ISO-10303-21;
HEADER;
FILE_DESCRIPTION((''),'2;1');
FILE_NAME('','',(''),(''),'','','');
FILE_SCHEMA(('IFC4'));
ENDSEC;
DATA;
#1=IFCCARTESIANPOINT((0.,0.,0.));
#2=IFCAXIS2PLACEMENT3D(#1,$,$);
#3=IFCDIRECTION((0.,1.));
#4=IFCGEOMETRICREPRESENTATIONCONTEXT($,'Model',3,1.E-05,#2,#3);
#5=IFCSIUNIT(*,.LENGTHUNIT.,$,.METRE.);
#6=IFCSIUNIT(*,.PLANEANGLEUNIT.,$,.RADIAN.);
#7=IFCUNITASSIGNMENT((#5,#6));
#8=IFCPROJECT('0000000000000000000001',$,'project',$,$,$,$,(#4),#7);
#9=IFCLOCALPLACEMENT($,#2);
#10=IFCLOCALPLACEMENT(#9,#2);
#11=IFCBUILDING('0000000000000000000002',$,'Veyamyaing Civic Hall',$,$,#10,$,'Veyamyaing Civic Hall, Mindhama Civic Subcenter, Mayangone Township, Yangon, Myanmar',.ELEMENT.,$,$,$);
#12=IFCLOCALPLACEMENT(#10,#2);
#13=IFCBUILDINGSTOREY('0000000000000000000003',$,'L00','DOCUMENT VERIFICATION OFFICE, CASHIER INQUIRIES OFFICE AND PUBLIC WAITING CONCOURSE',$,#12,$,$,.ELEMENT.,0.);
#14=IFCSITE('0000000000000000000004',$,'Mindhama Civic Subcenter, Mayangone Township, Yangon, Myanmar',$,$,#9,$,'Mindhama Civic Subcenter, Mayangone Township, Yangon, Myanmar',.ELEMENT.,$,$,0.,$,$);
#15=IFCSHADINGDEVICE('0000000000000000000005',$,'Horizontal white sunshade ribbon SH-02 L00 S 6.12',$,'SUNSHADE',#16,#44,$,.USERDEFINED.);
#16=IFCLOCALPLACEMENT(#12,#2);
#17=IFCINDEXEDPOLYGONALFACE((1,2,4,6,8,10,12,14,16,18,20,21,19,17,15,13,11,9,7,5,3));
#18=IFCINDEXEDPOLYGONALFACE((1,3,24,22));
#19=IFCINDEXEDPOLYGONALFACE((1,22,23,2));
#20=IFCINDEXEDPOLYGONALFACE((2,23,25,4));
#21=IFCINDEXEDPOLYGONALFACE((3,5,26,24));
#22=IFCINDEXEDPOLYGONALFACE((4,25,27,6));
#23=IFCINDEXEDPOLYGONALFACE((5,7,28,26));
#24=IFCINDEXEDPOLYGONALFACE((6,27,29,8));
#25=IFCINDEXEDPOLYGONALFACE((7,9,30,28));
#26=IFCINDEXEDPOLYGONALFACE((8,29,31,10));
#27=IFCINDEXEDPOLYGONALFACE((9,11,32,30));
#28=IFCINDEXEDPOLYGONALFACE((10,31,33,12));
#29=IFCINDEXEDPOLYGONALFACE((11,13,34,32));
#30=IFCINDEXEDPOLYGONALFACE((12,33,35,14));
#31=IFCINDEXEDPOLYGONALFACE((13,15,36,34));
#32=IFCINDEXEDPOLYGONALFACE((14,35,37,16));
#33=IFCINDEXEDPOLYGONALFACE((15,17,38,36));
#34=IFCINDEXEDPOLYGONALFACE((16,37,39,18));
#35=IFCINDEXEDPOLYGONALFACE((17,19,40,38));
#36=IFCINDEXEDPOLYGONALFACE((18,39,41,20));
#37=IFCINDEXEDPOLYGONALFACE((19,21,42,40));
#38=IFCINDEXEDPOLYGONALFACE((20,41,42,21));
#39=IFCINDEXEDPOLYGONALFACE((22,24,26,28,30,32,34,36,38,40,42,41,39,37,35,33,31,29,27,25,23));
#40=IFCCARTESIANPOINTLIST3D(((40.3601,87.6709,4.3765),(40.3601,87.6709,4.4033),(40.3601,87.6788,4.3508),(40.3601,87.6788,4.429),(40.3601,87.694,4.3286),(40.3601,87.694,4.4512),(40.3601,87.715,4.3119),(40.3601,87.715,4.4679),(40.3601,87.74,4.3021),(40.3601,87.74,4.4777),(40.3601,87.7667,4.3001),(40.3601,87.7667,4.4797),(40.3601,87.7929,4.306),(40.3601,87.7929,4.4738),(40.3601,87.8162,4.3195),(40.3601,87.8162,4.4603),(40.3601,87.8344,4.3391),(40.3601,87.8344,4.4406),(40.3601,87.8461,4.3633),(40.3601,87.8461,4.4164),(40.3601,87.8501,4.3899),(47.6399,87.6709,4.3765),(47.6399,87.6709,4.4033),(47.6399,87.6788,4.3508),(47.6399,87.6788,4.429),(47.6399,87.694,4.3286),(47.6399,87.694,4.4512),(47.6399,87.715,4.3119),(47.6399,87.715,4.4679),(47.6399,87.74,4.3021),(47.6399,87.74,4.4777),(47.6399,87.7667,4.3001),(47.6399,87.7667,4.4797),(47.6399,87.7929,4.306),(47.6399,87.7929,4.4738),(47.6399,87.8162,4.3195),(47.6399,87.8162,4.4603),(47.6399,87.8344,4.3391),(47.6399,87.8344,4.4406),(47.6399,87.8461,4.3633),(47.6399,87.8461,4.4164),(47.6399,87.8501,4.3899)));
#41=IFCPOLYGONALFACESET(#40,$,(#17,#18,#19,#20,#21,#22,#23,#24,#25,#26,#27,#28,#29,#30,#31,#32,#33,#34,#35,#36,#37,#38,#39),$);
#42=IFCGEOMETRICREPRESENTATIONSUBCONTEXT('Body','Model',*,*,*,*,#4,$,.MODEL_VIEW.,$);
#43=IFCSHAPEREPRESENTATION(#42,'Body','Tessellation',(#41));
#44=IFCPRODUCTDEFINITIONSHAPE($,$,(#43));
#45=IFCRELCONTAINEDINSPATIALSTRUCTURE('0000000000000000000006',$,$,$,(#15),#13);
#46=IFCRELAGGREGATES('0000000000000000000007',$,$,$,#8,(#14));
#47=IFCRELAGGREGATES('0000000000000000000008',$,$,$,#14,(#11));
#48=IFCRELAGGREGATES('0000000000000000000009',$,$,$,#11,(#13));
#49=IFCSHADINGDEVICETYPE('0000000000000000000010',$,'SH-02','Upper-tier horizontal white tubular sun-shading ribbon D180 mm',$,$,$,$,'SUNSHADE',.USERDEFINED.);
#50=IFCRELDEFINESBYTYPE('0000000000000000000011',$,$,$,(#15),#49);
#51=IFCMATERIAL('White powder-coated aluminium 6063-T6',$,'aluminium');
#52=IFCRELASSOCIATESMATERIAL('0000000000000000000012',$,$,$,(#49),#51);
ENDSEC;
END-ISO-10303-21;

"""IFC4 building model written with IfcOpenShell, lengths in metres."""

from ifc_helpers import new_model, si_unit, direction, frame, origin, origin_2d, place, context, subcontext, project, spatial, circle, extrude, material, material_profile, profile_set, type_object, element, save


model = new_model("IFC4")

# Units and contexts
model_context = context("Model", 3, precision=1e-05, world=origin(), true_north=direction((0.0, 1.0)))
body_context = subcontext(model_context, "Body", "Model", "MODEL_VIEW")
ifc_project = project(units=[si_unit("LENGTHUNIT", "METRE"), si_unit("PLANEANGLEUNIT", "RADIAN")], contexts=[model_context])

# Site, building, storey
site_placement = place(None, origin())
site = spatial("IfcSite", under=ifc_project, at=site_placement, Name="Mindhama Civic Subcenter, Mayangone Township, Yangon, Myanmar", LongName="Mindhama Civic Subcenter, Mayangone Township, Yangon, Myanmar", CompositionType="ELEMENT", RefElevation=0.0)
building_placement = place(site_placement, origin())
building = spatial("IfcBuilding", under=site, at=building_placement, Name="Veyamyaing Civic Hall", LongName="Veyamyaing Civic Hall, Mindhama Civic Subcenter, Mayangone Township, Yangon, Myanmar", CompositionType="ELEMENT")
storey_placement = place(building_placement, origin())
storey = spatial("IfcBuildingStorey", under=building, at=storey_placement, Name="L00", Description="DOCUMENT VERIFICATION OFFICE, CASHIER INQUIRIES OFFICE AND PUBLIC WAITING CONCOURSE", CompositionType="ELEMENT", Elevation=0.0)

# Shared definitions
ifc_material_1 = material(Name="White powder-coated aluminium 6063-T6", Category="aluminium")

# Shading device
ifc_material_profile_1 = material_profile(ifc_material_1, circle(Radius=0.0901, at=origin_2d()), Name="SHADE-TUBE-180")
ifc_profile_set_1 = profile_set([ifc_material_profile_1], Name="White powder-coated aluminium 6063-T6")
shading_device_type = type_object("IfcShadingDeviceType", Name="SH-02", Description="Upper-tier horizontal white tubular sun-shading ribbon D180 mm", ElementType="SUNSHADE", PredefinedType="USERDEFINED", material=ifc_profile_set_1)
shading_device_placement = place(storey_placement, frame((40.3601, 87.76, 4.3899), z_axis=(1.0, 0.0, 0.0), x_axis=(0.0, 1.0, 0.0)))
element("IfcShadingDevice", 1, at=shading_device_placement, inside=storey, type_object=shading_device_type, Name="Horizontal white sunshade ribbon SH-02 L00 S 6.12", ObjectType="SUNSHADE", PredefinedType="USERDEFINED", context=body_context, shape_type="SweptSolid", body=[
    extrude(circle(Radius=0.0901, at=origin_2d()), origin(), (0.0, 0.0, 1.0), 7.2798),
])

save(model, "model.ifc")
